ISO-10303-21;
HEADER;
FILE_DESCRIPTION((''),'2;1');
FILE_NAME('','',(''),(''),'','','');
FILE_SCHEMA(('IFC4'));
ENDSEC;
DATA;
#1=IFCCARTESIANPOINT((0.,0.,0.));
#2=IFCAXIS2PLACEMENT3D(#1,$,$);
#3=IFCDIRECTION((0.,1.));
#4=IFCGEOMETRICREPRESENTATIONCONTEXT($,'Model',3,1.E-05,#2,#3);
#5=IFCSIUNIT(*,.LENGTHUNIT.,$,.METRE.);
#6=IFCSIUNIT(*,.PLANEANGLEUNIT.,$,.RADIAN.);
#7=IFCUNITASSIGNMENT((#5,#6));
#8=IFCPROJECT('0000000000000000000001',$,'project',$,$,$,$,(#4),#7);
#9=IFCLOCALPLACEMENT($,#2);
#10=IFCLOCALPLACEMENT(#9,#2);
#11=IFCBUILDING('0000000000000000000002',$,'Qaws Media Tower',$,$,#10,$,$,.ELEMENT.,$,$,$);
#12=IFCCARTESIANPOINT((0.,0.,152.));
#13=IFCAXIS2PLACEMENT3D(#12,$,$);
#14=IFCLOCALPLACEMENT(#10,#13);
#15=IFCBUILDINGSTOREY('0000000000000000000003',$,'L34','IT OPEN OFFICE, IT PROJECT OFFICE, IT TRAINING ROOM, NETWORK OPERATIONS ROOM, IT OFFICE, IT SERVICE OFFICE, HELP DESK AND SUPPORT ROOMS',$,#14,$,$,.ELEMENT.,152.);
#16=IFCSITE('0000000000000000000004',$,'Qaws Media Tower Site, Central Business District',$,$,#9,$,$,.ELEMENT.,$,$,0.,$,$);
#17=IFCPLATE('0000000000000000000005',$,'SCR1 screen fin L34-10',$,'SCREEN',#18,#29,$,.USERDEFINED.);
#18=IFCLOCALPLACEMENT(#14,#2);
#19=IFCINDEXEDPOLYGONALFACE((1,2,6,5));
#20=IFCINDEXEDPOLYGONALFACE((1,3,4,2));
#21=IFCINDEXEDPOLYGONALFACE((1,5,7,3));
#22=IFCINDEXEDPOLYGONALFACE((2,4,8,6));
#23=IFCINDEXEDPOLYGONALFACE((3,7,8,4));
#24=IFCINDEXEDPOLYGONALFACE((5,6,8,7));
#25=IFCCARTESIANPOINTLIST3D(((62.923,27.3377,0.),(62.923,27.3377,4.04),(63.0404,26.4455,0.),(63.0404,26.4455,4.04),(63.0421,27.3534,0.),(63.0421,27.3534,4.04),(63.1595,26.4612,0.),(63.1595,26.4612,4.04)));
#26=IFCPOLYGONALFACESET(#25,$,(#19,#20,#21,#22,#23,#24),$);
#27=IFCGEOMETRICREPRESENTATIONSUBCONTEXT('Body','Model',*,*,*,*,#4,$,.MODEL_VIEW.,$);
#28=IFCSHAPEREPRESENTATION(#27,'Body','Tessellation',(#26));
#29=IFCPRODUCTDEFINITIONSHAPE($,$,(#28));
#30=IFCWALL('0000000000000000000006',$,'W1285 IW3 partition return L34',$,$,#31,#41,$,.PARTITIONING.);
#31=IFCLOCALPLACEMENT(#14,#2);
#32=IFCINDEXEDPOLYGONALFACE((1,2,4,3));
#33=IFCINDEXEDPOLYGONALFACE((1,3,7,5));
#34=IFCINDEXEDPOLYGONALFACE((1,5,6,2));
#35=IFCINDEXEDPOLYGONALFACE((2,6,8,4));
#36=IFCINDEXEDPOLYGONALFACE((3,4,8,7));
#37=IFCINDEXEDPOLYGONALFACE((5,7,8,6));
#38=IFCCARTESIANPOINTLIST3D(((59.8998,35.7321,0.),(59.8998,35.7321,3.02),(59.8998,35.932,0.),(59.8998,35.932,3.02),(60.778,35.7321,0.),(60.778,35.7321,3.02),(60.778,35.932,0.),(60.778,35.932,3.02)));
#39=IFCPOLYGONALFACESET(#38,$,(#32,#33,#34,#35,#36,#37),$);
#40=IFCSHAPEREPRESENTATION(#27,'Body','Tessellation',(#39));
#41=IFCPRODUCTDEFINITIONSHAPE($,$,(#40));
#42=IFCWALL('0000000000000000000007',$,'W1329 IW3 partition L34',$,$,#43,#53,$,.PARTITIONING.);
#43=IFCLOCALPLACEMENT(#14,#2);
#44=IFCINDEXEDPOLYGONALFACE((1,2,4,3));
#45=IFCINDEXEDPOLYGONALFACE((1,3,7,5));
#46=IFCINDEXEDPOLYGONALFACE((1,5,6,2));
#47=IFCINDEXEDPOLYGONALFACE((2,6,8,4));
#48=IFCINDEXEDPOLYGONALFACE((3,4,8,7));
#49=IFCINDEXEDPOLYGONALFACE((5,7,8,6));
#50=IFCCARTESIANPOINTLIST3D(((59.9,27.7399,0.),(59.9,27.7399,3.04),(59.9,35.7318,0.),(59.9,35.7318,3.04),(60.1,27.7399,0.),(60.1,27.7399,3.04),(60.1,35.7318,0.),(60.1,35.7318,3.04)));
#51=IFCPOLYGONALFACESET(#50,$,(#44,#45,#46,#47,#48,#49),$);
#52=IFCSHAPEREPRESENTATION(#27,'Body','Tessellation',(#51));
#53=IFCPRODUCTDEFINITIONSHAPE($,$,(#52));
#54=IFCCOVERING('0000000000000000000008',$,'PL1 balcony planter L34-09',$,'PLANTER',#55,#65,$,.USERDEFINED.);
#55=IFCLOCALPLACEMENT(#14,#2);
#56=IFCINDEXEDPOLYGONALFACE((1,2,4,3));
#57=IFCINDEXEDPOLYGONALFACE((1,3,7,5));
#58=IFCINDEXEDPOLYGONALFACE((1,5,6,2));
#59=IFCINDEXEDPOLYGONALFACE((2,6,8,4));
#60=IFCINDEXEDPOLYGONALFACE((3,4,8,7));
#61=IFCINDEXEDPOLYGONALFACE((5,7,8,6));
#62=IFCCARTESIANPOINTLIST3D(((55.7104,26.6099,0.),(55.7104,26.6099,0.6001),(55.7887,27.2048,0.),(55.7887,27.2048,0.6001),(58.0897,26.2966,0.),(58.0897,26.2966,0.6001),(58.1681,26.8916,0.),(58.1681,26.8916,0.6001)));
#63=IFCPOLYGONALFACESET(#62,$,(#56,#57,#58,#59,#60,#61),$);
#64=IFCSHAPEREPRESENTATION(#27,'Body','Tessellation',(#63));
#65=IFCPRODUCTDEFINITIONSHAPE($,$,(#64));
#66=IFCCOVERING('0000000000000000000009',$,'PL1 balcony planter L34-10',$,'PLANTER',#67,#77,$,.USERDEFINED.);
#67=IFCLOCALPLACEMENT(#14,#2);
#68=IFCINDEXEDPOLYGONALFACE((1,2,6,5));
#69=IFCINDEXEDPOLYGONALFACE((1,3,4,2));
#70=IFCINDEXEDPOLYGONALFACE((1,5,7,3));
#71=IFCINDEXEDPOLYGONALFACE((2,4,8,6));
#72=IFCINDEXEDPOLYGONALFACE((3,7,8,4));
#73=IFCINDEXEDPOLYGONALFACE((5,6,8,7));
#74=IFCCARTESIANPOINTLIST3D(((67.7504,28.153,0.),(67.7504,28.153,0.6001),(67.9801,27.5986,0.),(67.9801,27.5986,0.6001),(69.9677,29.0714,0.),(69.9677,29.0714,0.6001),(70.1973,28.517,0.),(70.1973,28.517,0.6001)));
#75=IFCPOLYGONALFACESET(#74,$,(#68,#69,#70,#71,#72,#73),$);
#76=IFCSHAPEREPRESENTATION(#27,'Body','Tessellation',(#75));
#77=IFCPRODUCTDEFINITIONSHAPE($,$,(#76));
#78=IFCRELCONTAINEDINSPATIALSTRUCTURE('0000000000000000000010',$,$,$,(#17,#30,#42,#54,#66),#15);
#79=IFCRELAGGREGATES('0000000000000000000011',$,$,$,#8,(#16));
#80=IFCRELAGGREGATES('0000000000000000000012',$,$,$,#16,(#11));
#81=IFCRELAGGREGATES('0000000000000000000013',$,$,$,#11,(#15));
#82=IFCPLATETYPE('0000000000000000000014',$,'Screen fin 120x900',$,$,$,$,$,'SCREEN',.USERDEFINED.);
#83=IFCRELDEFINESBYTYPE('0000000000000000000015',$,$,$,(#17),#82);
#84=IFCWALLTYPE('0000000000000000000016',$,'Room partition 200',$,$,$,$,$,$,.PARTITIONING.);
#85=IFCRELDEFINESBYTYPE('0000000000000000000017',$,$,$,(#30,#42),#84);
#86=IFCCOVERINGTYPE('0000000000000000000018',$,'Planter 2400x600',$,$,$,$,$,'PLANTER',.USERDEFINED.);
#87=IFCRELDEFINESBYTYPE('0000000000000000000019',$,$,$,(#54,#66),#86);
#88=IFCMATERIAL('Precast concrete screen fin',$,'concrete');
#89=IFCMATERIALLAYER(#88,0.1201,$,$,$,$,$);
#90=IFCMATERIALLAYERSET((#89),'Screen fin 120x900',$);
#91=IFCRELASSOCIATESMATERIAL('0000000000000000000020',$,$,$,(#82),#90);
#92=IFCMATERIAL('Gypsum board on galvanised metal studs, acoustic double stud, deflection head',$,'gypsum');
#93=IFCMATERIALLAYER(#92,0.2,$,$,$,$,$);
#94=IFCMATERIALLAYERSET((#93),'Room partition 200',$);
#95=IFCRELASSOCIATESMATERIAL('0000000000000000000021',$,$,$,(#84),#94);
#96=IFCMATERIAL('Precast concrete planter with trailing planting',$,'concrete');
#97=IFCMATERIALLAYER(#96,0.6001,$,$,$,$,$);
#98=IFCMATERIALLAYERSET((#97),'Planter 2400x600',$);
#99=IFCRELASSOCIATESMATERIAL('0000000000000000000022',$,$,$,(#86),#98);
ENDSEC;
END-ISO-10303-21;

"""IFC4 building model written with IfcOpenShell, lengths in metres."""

from ifc_helpers import new_model, si_unit, direction, frame, frame_2d, origin, origin_2d, place, context, subcontext, project, spatial, rectangle, extrude, material, layer, layer_set, type_object, element, save


model = new_model("IFC4")

# Units and contexts
model_context = context("Model", 3, precision=1e-05, world=origin(), true_north=direction((0.0, 1.0)))
body_context = subcontext(model_context, "Body", "Model", "MODEL_VIEW")
ifc_project = project(units=[si_unit("LENGTHUNIT", "METRE"), si_unit("PLANEANGLEUNIT", "RADIAN")], contexts=[model_context])

# Site, building, storey
site_placement = place(None, origin())
site = spatial("IfcSite", under=ifc_project, at=site_placement, Name="Qaws Media Tower Site, Central Business District", CompositionType="ELEMENT", RefElevation=0.0)
building_placement = place(site_placement, origin())
building = spatial("IfcBuilding", under=site, at=building_placement, Name="Qaws Media Tower", CompositionType="ELEMENT")
storey_placement = place(building_placement, frame((0.0, 0.0, 152.0)))
storey = spatial("IfcBuildingStorey", under=building, at=storey_placement, Name="L34", Description="IT OPEN OFFICE, IT PROJECT OFFICE, IT TRAINING ROOM, NETWORK OPERATIONS ROOM, IT OFFICE, IT SERVICE OFFICE, HELP DESK AND SUPPORT ROOMS", CompositionType="ELEMENT", Elevation=152.0)

# Plate
ifc_material_1 = material(Name="Precast concrete screen fin", Category="concrete")
ifc_layer_1 = layer(ifc_material_1, 0.1201)
ifc_layer_set_1 = layer_set([ifc_layer_1], Name="Screen fin 120x900")
plate_type_1 = type_object("IfcPlateType", Name="Screen fin 120x900", ElementType="SCREEN", PredefinedType="USERDEFINED", material=ifc_layer_set_1)
plate_1_placement = place(storey_placement, frame((63.0413, 26.8994, 0.0), z_axis=(0.0, 0.0, 1.0), x_axis=(0.130526, -0.991445, 0.0)))
element("IfcPlate", 1, at=plate_1_placement, inside=storey, type_object=plate_type_1, Name="SCR1 screen fin L34-10", ObjectType="SCREEN", PredefinedType="USERDEFINED", context=body_context, shape_type="SweptSolid", body=[
    extrude(rectangle(XDim=0.8999, YDim=0.1201, at=origin_2d()), origin(), (0.0, 0.0, 1.0), 4.04),
])

# Walls
ifc_material_2 = material(Name="Gypsum board on galvanised metal studs, acoustic double stud, deflection head", Category="gypsum")
ifc_layer_2 = layer(ifc_material_2, 0.2)
ifc_layer_set_2 = layer_set([ifc_layer_2], Name="Room partition 200")
wall_type_1 = type_object("IfcWallType", Name="Room partition 200", PredefinedType="PARTITIONING", material=ifc_layer_set_2)
wall_1_placement = place(storey_placement, frame((59.8999, 35.832, 0.0), z_axis=(0.0, 0.0, 1.0), x_axis=(1.0, 0.0, 0.0)))
element("IfcWall", 2, at=wall_1_placement, inside=storey, type_object=wall_type_1, Name="W1285 IW3 partition return L34", PredefinedType="PARTITIONING", context=body_context, shape_type="SweptSolid", body=[
    extrude(rectangle(XDim=0.8782, YDim=0.2, at=frame_2d((0.439, 0.0))), origin(), (0.0, 0.0, 1.0), 3.02),
])
wall_2_placement = place(storey_placement, frame((60.0, 35.7319, 0.0), z_axis=(0.0, 0.0, 1.0), x_axis=(0.0, -1.0, 0.0)))
element("IfcWall", 3, at=wall_2_placement, inside=storey, type_object=wall_type_1, Name="W1329 IW3 partition L34", PredefinedType="PARTITIONING", context=body_context, shape_type="SweptSolid", body=[
    extrude(rectangle(XDim=7.9919, YDim=0.2, at=frame_2d((3.9961, 0.0))), origin(), (0.0, 0.0, 1.0), 3.04),
])

# Coverings
ifc_material_3 = material(Name="Precast concrete planter with trailing planting", Category="concrete")
ifc_layer_3 = layer(ifc_material_3, 0.6001)
ifc_layer_set_3 = layer_set([ifc_layer_3], Name="Planter 2400x600")
covering_type = type_object("IfcCoveringType", Name="Planter 2400x600", ElementType="PLANTER", PredefinedType="USERDEFINED", material=ifc_layer_set_3)
for number, where, z_axis, x_axis, name in (
    (4, (56.9392, 26.7507, 0.0), (0.0, 0.0, 1.0), (0.991445, -0.130526, 0.0), "PL1 balcony planter L34-09"),
    (5, (68.9739, 28.335, 0.0), (0.0, 0.0, 1.0), (0.92388, 0.382683, 0.0), "PL1 balcony planter L34-10"),
):
    element("IfcCovering", number, at=place(storey_placement, frame(where, z_axis=z_axis, x_axis=x_axis)), inside=storey, type_object=covering_type, Name=name, ObjectType="PLANTER", PredefinedType="USERDEFINED", context=body_context, shape_type="SweptSolid", body=[
        extrude(rectangle(XDim=2.3999, YDim=0.6001, at=origin_2d()), origin(), (0.0, 0.0, 1.0), 0.6001),
    ])

save(model, "model.ifc")
